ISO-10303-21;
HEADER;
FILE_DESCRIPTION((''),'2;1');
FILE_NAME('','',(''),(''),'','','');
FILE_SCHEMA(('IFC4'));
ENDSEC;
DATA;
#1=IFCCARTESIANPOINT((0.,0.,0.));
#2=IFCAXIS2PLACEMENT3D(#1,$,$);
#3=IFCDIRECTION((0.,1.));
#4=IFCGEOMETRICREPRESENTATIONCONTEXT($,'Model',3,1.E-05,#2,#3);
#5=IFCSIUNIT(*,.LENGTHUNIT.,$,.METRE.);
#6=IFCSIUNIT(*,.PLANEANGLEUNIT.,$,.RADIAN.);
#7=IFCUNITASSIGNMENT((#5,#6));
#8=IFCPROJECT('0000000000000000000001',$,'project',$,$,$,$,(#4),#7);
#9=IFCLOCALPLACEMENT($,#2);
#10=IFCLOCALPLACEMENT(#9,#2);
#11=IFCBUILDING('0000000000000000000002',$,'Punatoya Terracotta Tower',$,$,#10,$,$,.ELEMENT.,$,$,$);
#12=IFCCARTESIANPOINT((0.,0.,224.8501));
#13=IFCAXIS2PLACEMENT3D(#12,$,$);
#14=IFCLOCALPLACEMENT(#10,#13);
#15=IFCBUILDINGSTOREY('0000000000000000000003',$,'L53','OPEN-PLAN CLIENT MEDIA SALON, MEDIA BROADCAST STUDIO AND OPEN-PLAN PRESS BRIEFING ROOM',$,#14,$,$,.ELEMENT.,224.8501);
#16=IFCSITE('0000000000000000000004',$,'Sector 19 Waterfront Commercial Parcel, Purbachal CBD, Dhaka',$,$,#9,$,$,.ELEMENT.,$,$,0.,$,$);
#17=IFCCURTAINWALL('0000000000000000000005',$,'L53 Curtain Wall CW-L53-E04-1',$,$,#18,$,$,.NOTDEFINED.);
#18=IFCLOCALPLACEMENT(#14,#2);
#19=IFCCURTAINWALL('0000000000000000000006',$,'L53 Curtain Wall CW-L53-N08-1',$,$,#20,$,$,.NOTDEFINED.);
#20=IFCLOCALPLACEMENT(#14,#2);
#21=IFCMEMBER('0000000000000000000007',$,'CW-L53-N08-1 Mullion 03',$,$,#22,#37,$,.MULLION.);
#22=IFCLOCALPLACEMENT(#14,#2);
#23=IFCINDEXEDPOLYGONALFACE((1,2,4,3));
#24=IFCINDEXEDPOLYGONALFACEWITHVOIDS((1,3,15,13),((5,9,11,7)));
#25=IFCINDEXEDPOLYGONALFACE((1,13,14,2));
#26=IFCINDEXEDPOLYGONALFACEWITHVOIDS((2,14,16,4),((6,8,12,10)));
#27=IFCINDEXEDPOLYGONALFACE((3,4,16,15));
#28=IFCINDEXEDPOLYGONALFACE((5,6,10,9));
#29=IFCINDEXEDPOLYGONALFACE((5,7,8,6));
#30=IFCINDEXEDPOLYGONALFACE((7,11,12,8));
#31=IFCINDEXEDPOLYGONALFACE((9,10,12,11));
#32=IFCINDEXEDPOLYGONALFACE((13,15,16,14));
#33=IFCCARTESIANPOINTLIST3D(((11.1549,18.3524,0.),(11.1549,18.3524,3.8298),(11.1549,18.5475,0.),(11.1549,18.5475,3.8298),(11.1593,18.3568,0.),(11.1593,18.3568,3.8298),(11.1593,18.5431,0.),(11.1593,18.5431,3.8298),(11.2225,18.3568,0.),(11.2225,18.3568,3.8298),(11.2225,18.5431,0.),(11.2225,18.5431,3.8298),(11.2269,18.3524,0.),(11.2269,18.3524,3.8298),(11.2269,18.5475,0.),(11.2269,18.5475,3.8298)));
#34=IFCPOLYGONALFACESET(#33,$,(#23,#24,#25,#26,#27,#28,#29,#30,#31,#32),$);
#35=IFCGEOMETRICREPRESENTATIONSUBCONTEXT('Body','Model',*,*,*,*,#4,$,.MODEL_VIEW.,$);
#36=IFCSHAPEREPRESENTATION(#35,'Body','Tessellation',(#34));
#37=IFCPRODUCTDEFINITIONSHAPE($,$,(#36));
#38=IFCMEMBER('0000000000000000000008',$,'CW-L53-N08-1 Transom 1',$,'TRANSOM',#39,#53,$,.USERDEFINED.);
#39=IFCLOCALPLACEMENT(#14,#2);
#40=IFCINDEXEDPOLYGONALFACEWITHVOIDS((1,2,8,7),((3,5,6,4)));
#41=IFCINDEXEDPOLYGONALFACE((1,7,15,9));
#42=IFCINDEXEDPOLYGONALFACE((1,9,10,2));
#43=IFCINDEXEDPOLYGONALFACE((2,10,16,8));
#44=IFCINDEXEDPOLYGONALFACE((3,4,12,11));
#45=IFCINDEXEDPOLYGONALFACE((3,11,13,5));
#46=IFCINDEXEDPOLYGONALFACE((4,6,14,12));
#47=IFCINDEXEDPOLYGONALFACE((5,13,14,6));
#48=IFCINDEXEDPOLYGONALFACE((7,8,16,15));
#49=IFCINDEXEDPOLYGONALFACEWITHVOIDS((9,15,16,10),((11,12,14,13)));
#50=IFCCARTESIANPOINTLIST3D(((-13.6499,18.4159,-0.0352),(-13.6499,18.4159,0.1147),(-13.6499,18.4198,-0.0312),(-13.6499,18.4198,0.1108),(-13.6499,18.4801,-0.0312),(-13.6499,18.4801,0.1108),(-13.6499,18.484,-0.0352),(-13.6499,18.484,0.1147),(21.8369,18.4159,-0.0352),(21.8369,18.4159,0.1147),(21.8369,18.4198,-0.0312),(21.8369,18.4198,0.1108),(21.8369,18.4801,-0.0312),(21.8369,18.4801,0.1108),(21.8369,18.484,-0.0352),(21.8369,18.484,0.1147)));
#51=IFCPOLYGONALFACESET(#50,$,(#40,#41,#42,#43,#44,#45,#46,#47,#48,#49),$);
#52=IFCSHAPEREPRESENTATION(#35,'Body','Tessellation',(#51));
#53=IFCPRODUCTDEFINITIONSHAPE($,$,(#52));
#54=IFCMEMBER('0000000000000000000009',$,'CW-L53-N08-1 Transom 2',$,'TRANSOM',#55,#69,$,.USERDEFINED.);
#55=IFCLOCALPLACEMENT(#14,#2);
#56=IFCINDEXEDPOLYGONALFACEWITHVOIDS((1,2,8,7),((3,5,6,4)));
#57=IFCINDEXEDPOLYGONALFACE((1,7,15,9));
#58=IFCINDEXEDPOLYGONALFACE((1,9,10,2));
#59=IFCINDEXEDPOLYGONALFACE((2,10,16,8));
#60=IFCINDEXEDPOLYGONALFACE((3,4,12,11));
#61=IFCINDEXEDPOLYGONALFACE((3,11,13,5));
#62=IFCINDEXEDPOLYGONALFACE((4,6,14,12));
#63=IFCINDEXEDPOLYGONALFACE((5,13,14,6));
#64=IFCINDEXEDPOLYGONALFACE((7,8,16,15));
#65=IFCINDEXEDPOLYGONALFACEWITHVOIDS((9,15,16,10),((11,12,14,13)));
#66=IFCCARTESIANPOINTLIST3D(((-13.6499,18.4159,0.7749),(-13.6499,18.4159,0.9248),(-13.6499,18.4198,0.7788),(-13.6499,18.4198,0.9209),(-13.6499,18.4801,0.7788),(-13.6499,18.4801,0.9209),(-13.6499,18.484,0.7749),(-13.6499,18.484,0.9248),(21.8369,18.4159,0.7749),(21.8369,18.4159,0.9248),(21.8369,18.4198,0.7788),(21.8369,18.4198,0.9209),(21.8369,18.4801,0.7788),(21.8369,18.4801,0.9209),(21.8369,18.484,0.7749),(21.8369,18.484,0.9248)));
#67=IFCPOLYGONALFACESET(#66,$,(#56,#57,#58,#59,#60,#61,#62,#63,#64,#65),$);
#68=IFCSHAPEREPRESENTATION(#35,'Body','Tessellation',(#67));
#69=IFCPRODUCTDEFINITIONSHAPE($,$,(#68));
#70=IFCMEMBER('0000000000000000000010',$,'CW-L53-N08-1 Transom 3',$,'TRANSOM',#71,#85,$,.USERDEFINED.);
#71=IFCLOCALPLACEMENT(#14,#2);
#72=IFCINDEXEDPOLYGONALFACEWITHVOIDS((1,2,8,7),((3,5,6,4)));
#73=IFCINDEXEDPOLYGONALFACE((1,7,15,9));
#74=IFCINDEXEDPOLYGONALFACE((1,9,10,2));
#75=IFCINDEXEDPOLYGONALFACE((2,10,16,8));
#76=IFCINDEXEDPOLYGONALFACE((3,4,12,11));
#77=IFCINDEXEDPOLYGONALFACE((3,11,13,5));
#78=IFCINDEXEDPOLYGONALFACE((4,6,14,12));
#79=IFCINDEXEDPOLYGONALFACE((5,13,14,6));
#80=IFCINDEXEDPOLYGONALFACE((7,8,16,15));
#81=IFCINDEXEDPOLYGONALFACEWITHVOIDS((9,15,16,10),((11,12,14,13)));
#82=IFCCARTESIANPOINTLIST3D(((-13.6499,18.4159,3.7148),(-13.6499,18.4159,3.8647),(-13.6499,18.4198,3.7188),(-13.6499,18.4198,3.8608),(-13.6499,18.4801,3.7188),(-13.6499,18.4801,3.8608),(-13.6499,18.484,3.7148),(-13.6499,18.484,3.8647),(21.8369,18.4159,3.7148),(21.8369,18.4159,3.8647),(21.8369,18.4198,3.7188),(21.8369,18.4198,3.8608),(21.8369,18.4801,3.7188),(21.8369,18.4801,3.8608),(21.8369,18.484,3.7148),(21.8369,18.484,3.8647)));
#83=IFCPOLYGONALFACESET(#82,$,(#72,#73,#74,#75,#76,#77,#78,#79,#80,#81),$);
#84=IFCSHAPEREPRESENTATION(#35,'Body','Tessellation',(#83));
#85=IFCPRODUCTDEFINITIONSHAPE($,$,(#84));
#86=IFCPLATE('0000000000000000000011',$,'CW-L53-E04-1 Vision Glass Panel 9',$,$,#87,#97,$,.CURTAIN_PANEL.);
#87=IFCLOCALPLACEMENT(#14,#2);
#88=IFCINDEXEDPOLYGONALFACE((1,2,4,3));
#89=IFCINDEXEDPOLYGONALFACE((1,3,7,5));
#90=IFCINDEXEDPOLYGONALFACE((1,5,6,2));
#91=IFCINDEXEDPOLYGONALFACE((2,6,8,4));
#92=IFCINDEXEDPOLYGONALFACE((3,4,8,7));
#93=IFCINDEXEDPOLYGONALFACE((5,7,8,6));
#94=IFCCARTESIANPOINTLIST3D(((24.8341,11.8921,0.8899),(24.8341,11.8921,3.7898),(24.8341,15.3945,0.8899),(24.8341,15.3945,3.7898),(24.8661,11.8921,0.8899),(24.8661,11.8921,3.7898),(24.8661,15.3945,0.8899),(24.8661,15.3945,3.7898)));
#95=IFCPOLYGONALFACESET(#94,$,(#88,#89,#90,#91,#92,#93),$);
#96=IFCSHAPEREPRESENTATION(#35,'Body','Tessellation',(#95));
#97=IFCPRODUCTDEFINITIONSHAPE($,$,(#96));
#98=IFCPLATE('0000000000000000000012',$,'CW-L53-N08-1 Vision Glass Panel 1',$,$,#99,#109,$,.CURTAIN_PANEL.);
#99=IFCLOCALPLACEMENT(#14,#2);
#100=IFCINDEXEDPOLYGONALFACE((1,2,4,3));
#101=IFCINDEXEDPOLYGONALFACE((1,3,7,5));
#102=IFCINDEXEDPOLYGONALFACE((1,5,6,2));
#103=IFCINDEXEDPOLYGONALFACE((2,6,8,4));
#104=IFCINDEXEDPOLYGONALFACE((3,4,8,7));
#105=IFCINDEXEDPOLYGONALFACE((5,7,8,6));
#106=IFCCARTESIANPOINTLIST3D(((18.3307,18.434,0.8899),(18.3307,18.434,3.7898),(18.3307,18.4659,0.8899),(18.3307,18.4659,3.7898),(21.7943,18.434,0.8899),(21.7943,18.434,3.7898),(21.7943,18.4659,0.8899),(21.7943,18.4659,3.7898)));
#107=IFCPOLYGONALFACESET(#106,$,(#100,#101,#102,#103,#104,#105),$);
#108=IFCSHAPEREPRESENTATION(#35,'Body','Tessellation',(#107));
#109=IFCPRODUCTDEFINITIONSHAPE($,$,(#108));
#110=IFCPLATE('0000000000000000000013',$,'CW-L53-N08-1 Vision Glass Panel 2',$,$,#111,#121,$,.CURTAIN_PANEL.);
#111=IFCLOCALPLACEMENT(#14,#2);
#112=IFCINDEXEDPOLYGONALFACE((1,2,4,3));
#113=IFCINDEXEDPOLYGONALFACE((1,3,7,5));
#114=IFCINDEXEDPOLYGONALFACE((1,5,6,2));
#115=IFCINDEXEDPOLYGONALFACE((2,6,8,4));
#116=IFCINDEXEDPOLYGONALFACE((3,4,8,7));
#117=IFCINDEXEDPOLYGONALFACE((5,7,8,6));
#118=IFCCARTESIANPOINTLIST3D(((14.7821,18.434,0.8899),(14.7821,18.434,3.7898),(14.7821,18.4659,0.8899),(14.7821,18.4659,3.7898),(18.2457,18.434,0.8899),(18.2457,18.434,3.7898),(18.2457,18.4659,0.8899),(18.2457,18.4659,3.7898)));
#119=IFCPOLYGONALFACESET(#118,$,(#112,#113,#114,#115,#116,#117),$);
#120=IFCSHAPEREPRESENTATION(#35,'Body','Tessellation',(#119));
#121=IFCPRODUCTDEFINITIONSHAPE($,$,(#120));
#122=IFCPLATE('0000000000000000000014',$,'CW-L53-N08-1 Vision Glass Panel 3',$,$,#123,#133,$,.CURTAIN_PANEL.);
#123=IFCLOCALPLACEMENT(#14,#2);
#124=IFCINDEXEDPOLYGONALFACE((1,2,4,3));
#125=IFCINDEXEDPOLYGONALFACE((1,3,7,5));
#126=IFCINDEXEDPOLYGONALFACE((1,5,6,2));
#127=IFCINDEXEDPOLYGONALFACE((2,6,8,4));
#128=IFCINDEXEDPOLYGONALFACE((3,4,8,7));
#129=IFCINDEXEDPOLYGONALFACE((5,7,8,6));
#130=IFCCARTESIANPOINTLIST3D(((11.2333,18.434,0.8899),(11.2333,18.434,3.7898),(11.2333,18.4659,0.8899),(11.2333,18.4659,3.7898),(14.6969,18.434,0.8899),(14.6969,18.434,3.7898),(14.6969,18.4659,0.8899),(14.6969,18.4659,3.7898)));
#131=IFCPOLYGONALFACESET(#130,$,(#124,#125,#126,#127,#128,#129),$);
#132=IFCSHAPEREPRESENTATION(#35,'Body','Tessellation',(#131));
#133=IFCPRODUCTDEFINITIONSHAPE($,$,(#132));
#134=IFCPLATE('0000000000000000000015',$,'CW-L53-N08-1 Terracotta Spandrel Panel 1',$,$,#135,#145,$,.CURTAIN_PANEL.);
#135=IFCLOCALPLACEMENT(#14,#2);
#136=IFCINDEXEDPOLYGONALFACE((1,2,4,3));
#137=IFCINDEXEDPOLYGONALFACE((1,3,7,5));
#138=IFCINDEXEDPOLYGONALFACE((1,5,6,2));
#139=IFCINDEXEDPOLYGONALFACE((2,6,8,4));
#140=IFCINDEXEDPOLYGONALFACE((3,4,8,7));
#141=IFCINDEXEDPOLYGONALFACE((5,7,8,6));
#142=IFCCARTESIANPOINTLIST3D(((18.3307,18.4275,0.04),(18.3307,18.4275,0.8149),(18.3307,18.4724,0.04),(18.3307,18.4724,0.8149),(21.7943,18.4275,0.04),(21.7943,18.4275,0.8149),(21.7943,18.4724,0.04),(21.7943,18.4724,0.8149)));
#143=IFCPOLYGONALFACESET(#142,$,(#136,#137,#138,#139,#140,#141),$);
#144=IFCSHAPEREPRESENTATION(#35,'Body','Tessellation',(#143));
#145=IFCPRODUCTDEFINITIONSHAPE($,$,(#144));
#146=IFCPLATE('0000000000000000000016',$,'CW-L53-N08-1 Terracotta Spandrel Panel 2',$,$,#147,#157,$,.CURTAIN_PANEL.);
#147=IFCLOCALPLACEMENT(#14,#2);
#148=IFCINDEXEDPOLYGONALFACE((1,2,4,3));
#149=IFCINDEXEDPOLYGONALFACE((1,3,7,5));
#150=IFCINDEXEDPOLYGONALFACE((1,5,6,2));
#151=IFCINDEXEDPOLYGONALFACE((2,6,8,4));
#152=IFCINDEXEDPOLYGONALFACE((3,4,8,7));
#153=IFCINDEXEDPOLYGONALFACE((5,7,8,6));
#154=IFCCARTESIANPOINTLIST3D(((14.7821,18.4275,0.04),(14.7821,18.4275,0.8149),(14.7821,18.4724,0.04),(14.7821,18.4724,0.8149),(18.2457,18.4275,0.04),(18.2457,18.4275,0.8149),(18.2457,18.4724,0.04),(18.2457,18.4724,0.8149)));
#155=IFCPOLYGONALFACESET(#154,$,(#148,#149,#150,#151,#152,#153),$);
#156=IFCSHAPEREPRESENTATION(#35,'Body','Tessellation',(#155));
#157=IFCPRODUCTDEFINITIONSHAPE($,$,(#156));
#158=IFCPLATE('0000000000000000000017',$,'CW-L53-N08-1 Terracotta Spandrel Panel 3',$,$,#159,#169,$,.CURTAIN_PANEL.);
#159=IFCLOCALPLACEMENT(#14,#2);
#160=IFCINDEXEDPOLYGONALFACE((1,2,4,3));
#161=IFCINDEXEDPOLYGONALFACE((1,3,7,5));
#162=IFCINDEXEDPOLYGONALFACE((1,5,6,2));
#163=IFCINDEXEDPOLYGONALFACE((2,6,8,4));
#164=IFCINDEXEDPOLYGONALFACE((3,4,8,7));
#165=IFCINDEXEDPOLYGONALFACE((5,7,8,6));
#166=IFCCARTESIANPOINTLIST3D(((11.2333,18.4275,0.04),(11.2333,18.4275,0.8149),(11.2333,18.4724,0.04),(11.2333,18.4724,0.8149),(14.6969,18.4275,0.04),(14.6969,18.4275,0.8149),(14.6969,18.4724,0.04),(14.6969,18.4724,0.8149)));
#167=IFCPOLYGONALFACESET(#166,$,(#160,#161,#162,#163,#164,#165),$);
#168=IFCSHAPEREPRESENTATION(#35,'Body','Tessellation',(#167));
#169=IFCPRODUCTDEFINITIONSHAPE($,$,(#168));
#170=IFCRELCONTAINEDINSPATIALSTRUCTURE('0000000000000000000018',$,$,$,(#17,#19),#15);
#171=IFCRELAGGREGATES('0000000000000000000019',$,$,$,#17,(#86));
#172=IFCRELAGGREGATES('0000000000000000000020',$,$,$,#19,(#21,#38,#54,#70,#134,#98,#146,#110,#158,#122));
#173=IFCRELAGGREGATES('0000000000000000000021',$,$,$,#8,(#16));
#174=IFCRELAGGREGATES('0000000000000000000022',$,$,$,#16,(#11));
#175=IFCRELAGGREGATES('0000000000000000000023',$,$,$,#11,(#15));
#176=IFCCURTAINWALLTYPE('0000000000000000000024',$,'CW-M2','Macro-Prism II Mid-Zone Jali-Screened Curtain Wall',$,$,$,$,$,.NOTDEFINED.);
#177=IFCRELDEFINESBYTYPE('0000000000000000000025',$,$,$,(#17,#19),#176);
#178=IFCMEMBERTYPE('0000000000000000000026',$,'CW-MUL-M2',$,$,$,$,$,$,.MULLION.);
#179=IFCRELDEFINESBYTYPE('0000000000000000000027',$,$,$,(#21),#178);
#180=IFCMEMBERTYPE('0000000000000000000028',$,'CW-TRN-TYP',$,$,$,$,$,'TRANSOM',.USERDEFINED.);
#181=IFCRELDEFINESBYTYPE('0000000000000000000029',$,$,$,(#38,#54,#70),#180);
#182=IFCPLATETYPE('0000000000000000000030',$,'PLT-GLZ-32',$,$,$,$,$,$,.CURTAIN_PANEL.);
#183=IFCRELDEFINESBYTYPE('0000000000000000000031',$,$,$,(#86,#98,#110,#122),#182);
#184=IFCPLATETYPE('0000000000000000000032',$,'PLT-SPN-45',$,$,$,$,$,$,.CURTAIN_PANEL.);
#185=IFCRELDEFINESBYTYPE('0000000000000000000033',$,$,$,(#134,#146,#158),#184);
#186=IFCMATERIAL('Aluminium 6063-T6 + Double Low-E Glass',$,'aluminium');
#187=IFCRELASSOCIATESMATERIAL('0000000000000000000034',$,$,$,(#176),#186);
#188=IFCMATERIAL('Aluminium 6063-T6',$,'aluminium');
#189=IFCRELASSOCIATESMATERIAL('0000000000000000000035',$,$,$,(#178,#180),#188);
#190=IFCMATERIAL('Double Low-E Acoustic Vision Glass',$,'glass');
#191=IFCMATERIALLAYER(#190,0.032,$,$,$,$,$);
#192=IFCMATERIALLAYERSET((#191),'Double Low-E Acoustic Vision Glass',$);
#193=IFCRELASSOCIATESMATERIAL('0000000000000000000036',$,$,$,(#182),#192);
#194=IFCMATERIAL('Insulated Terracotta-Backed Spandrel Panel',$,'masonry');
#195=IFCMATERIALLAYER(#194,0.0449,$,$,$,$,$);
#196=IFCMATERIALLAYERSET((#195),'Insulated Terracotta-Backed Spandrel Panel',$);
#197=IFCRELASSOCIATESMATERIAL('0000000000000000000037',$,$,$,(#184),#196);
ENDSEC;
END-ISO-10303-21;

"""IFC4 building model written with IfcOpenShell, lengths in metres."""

from ifc_helpers import new_model, si_unit, direction, frame, origin, origin_2d, place, context, subcontext, project, spatial, rectangle, hollow_rectangle, extrude, material, layer, layer_set, material_profile, profile_set, type_object, element, aggregate, save


model = new_model("IFC4")

# Units and contexts
model_context = context("Model", 3, precision=1e-05, world=origin(), true_north=direction((0.0, 1.0)))
body_context = subcontext(model_context, "Body", "Model", "MODEL_VIEW")
ifc_project = project(units=[si_unit("LENGTHUNIT", "METRE"), si_unit("PLANEANGLEUNIT", "RADIAN")], contexts=[model_context])

# Site, building, storey
site_placement = place(None, origin())
site = spatial("IfcSite", under=ifc_project, at=site_placement, Name="Sector 19 Waterfront Commercial Parcel, Purbachal CBD, Dhaka", CompositionType="ELEMENT", RefElevation=0.0)
building_placement = place(site_placement, origin())
building = spatial("IfcBuilding", under=site, at=building_placement, Name="Punatoya Terracotta Tower", CompositionType="ELEMENT")
storey_placement = place(building_placement, frame((0.0, 0.0, 224.8501)))
storey = spatial("IfcBuildingStorey", under=building, at=storey_placement, Name="L53", Description="OPEN-PLAN CLIENT MEDIA SALON, MEDIA BROADCAST STUDIO AND OPEN-PLAN PRESS BRIEFING ROOM", CompositionType="ELEMENT", Elevation=224.8501)

# Curtain wall
ifc_material_1 = material(Name="Aluminium 6063-T6 + Double Low-E Glass", Category="aluminium")
curtain_wall_type = type_object("IfcCurtainWallType", Name="CW-M2", Description="Macro-Prism II Mid-Zone Jali-Screened Curtain Wall", PredefinedType="NOTDEFINED", material=ifc_material_1)
curtain_wall_1_placement = place(storey_placement, origin())
curtain_wall_1 = element("IfcCurtainWall", 1, at=curtain_wall_1_placement, inside=storey, type_object=curtain_wall_type, Name="L53 Curtain Wall CW-L53-E04-1", PredefinedType="NOTDEFINED")
ifc_material_2 = material(Name="Aluminium 6063-T6", Category="aluminium")
ifc_material_profile_1 = material_profile(ifc_material_2, hollow_rectangle(XDim=0.072, YDim=0.1951, WallThickness=0.0044, at=origin_2d()))
ifc_profile_set_1 = profile_set([ifc_material_profile_1], Name="Aluminium 6063-T6")
member_type_1 = type_object("IfcMemberType", Name="CW-MUL-M2", PredefinedType="MULLION", material=ifc_profile_set_1)

# Curtain wall, members
curtain_wall_2_placement = place(storey_placement, origin())
curtain_wall_2 = element("IfcCurtainWall", 2, at=curtain_wall_2_placement, inside=storey, type_object=curtain_wall_type, Name="L53 Curtain Wall CW-L53-N08-1", PredefinedType="NOTDEFINED")
member_1_placement = place(storey_placement, frame((11.1909, 18.45, 0.0), z_axis=(0.0, 0.0, 1.0), x_axis=(1.0, 0.0, 0.0)))
member_1 = element("IfcMember", 3, at=member_1_placement, type_object=member_type_1, Name="CW-L53-N08-1 Mullion 03", PredefinedType="MULLION", context=body_context, shape_type="SweptSolid", body=[
    extrude(hollow_rectangle(XDim=0.072, YDim=0.1951, WallThickness=0.0044, at=origin_2d()), origin(), (0.0, 0.0, 1.0), 3.8298),
])
ifc_material_profile_2 = material_profile(ifc_material_2, hollow_rectangle(XDim=0.0681, YDim=0.1499, WallThickness=0.0039, at=origin_2d()))
ifc_profile_set_2 = profile_set([ifc_material_profile_2], Name="Aluminium 6063-T6")
member_type_2 = type_object("IfcMemberType", Name="CW-TRN-TYP", ElementType="TRANSOM", PredefinedType="USERDEFINED", material=ifc_profile_set_2)
member_2_placement = place(storey_placement, frame((21.8369, 18.45, 0.0398), z_axis=(-1.0, 0.0, 0.0), x_axis=(0.0, -1.0, 0.0)))
member_2 = element("IfcMember", 4, at=member_2_placement, type_object=member_type_2, Name="CW-L53-N08-1 Transom 1", ObjectType="TRANSOM", PredefinedType="USERDEFINED", context=body_context, shape_type="SweptSolid", body=[
    extrude(hollow_rectangle(XDim=0.0681, YDim=0.1499, WallThickness=0.0039, at=origin_2d()), origin(), (0.0, 0.0, 1.0), 35.4868),
])
member_3_placement = place(storey_placement, frame((21.8369, 18.45, 0.8499), z_axis=(-1.0, 0.0, 0.0), x_axis=(0.0, -1.0, 0.0)))
member_3 = element("IfcMember", 5, at=member_3_placement, type_object=member_type_2, Name="CW-L53-N08-1 Transom 2", ObjectType="TRANSOM", PredefinedType="USERDEFINED", context=body_context, shape_type="SweptSolid", body=[
    extrude(hollow_rectangle(XDim=0.0681, YDim=0.1499, WallThickness=0.0039, at=origin_2d()), origin(), (0.0, 0.0, 1.0), 35.4868),
])
member_4_placement = place(storey_placement, frame((21.8369, 18.45, 3.7898), z_axis=(-1.0, 0.0, 0.0), x_axis=(0.0, -1.0, 0.0)))
member_4 = element("IfcMember", 6, at=member_4_placement, type_object=member_type_2, Name="CW-L53-N08-1 Transom 3", ObjectType="TRANSOM", PredefinedType="USERDEFINED", context=body_context, shape_type="SweptSolid", body=[
    extrude(hollow_rectangle(XDim=0.0681, YDim=0.1499, WallThickness=0.0039, at=origin_2d()), origin(), (0.0, 0.0, 1.0), 35.4868),
])

# Plates
ifc_material_3 = material(Name="Double Low-E Acoustic Vision Glass", Category="glass")
ifc_layer_1 = layer(ifc_material_3, 0.032)
ifc_layer_set_1 = layer_set([ifc_layer_1], Name="Double Low-E Acoustic Vision Glass")
plate_type_1 = type_object("IfcPlateType", Name="PLT-GLZ-32", PredefinedType="CURTAIN_PANEL", material=ifc_layer_set_1)
plate_1_placement = place(storey_placement, frame((24.8501, 13.6433, 0.8899), z_axis=(0.0, 0.0, 1.0), x_axis=(0.0, 1.0, 0.0)))
plate_1 = element("IfcPlate", 7, at=plate_1_placement, type_object=plate_type_1, Name="CW-L53-E04-1 Vision Glass Panel 9", PredefinedType="CURTAIN_PANEL", context=body_context, shape_type="SweptSolid", body=[
    extrude(rectangle(XDim=3.5024, YDim=0.032, at=origin_2d()), origin(), (0.0, 0.0, 1.0), 2.8999),
])
aggregate(curtain_wall_1, [plate_1])
plate_2_placement = place(storey_placement, frame((20.0625, 18.45, 0.8899), z_axis=(0.0, 0.0, 1.0), x_axis=(-1.0, 0.0, 0.0)))
plate_2 = element("IfcPlate", 8, at=plate_2_placement, type_object=plate_type_1, Name="CW-L53-N08-1 Vision Glass Panel 1", PredefinedType="CURTAIN_PANEL", context=body_context, shape_type="SweptSolid", body=[
    extrude(rectangle(XDim=3.4636, YDim=0.032, at=origin_2d()), origin(), (0.0, 0.0, 1.0), 2.8999),
])
plate_3_placement = place(storey_placement, frame((16.5139, 18.45, 0.8899), z_axis=(0.0, 0.0, 1.0), x_axis=(-1.0, 0.0, 0.0)))
plate_3 = element("IfcPlate", 9, at=plate_3_placement, type_object=plate_type_1, Name="CW-L53-N08-1 Vision Glass Panel 2", PredefinedType="CURTAIN_PANEL", context=body_context, shape_type="SweptSolid", body=[
    extrude(rectangle(XDim=3.4636, YDim=0.032, at=origin_2d()), origin(), (0.0, 0.0, 1.0), 2.8999),
])
plate_4_placement = place(storey_placement, frame((12.9651, 18.45, 0.8899), z_axis=(0.0, 0.0, 1.0), x_axis=(-1.0, 0.0, 0.0)))
plate_4 = element("IfcPlate", 10, at=plate_4_placement, type_object=plate_type_1, Name="CW-L53-N08-1 Vision Glass Panel 3", PredefinedType="CURTAIN_PANEL", context=body_context, shape_type="SweptSolid", body=[
    extrude(rectangle(XDim=3.4636, YDim=0.032, at=origin_2d()), origin(), (0.0, 0.0, 1.0), 2.8999),
])
ifc_material_4 = material(Name="Insulated Terracotta-Backed Spandrel Panel", Category="masonry")
ifc_layer_2 = layer(ifc_material_4, 0.0449)
ifc_layer_set_2 = layer_set([ifc_layer_2], Name="Insulated Terracotta-Backed Spandrel Panel")
plate_type_2 = type_object("IfcPlateType", Name="PLT-SPN-45", PredefinedType="CURTAIN_PANEL", material=ifc_layer_set_2)
plate_5_placement = place(storey_placement, frame((20.0625, 18.45, 0.04), z_axis=(0.0, 0.0, 1.0), x_axis=(-1.0, 0.0, 0.0)))
plate_5 = element("IfcPlate", 11, at=plate_5_placement, type_object=plate_type_2, Name="CW-L53-N08-1 Terracotta Spandrel Panel 1", PredefinedType="CURTAIN_PANEL", context=body_context, shape_type="SweptSolid", body=[
    extrude(rectangle(XDim=3.4636, YDim=0.0449, at=origin_2d()), origin(), (0.0, 0.0, 1.0), 0.7749),
])
plate_6_placement = place(storey_placement, frame((16.5139, 18.45, 0.04), z_axis=(0.0, 0.0, 1.0), x_axis=(-1.0, 0.0, 0.0)))
plate_6 = element("IfcPlate", 12, at=plate_6_placement, type_object=plate_type_2, Name="CW-L53-N08-1 Terracotta Spandrel Panel 2", PredefinedType="CURTAIN_PANEL", context=body_context, shape_type="SweptSolid", body=[
    extrude(rectangle(XDim=3.4636, YDim=0.0449, at=origin_2d()), origin(), (0.0, 0.0, 1.0), 0.7749),
])
plate_7_placement = place(storey_placement, frame((12.9651, 18.45, 0.04), z_axis=(0.0, 0.0, 1.0), x_axis=(-1.0, 0.0, 0.0)))
plate_7 = element("IfcPlate", 13, at=plate_7_placement, type_object=plate_type_2, Name="CW-L53-N08-1 Terracotta Spandrel Panel 3", PredefinedType="CURTAIN_PANEL", context=body_context, shape_type="SweptSolid", body=[
    extrude(rectangle(XDim=3.4636, YDim=0.0449, at=origin_2d()), origin(), (0.0, 0.0, 1.0), 0.7749),
])
aggregate(curtain_wall_2, [member_1, member_2, member_3, member_4, plate_5, plate_2, plate_6, plate_3, plate_7, plate_4])

save(model, "model.ifc")
